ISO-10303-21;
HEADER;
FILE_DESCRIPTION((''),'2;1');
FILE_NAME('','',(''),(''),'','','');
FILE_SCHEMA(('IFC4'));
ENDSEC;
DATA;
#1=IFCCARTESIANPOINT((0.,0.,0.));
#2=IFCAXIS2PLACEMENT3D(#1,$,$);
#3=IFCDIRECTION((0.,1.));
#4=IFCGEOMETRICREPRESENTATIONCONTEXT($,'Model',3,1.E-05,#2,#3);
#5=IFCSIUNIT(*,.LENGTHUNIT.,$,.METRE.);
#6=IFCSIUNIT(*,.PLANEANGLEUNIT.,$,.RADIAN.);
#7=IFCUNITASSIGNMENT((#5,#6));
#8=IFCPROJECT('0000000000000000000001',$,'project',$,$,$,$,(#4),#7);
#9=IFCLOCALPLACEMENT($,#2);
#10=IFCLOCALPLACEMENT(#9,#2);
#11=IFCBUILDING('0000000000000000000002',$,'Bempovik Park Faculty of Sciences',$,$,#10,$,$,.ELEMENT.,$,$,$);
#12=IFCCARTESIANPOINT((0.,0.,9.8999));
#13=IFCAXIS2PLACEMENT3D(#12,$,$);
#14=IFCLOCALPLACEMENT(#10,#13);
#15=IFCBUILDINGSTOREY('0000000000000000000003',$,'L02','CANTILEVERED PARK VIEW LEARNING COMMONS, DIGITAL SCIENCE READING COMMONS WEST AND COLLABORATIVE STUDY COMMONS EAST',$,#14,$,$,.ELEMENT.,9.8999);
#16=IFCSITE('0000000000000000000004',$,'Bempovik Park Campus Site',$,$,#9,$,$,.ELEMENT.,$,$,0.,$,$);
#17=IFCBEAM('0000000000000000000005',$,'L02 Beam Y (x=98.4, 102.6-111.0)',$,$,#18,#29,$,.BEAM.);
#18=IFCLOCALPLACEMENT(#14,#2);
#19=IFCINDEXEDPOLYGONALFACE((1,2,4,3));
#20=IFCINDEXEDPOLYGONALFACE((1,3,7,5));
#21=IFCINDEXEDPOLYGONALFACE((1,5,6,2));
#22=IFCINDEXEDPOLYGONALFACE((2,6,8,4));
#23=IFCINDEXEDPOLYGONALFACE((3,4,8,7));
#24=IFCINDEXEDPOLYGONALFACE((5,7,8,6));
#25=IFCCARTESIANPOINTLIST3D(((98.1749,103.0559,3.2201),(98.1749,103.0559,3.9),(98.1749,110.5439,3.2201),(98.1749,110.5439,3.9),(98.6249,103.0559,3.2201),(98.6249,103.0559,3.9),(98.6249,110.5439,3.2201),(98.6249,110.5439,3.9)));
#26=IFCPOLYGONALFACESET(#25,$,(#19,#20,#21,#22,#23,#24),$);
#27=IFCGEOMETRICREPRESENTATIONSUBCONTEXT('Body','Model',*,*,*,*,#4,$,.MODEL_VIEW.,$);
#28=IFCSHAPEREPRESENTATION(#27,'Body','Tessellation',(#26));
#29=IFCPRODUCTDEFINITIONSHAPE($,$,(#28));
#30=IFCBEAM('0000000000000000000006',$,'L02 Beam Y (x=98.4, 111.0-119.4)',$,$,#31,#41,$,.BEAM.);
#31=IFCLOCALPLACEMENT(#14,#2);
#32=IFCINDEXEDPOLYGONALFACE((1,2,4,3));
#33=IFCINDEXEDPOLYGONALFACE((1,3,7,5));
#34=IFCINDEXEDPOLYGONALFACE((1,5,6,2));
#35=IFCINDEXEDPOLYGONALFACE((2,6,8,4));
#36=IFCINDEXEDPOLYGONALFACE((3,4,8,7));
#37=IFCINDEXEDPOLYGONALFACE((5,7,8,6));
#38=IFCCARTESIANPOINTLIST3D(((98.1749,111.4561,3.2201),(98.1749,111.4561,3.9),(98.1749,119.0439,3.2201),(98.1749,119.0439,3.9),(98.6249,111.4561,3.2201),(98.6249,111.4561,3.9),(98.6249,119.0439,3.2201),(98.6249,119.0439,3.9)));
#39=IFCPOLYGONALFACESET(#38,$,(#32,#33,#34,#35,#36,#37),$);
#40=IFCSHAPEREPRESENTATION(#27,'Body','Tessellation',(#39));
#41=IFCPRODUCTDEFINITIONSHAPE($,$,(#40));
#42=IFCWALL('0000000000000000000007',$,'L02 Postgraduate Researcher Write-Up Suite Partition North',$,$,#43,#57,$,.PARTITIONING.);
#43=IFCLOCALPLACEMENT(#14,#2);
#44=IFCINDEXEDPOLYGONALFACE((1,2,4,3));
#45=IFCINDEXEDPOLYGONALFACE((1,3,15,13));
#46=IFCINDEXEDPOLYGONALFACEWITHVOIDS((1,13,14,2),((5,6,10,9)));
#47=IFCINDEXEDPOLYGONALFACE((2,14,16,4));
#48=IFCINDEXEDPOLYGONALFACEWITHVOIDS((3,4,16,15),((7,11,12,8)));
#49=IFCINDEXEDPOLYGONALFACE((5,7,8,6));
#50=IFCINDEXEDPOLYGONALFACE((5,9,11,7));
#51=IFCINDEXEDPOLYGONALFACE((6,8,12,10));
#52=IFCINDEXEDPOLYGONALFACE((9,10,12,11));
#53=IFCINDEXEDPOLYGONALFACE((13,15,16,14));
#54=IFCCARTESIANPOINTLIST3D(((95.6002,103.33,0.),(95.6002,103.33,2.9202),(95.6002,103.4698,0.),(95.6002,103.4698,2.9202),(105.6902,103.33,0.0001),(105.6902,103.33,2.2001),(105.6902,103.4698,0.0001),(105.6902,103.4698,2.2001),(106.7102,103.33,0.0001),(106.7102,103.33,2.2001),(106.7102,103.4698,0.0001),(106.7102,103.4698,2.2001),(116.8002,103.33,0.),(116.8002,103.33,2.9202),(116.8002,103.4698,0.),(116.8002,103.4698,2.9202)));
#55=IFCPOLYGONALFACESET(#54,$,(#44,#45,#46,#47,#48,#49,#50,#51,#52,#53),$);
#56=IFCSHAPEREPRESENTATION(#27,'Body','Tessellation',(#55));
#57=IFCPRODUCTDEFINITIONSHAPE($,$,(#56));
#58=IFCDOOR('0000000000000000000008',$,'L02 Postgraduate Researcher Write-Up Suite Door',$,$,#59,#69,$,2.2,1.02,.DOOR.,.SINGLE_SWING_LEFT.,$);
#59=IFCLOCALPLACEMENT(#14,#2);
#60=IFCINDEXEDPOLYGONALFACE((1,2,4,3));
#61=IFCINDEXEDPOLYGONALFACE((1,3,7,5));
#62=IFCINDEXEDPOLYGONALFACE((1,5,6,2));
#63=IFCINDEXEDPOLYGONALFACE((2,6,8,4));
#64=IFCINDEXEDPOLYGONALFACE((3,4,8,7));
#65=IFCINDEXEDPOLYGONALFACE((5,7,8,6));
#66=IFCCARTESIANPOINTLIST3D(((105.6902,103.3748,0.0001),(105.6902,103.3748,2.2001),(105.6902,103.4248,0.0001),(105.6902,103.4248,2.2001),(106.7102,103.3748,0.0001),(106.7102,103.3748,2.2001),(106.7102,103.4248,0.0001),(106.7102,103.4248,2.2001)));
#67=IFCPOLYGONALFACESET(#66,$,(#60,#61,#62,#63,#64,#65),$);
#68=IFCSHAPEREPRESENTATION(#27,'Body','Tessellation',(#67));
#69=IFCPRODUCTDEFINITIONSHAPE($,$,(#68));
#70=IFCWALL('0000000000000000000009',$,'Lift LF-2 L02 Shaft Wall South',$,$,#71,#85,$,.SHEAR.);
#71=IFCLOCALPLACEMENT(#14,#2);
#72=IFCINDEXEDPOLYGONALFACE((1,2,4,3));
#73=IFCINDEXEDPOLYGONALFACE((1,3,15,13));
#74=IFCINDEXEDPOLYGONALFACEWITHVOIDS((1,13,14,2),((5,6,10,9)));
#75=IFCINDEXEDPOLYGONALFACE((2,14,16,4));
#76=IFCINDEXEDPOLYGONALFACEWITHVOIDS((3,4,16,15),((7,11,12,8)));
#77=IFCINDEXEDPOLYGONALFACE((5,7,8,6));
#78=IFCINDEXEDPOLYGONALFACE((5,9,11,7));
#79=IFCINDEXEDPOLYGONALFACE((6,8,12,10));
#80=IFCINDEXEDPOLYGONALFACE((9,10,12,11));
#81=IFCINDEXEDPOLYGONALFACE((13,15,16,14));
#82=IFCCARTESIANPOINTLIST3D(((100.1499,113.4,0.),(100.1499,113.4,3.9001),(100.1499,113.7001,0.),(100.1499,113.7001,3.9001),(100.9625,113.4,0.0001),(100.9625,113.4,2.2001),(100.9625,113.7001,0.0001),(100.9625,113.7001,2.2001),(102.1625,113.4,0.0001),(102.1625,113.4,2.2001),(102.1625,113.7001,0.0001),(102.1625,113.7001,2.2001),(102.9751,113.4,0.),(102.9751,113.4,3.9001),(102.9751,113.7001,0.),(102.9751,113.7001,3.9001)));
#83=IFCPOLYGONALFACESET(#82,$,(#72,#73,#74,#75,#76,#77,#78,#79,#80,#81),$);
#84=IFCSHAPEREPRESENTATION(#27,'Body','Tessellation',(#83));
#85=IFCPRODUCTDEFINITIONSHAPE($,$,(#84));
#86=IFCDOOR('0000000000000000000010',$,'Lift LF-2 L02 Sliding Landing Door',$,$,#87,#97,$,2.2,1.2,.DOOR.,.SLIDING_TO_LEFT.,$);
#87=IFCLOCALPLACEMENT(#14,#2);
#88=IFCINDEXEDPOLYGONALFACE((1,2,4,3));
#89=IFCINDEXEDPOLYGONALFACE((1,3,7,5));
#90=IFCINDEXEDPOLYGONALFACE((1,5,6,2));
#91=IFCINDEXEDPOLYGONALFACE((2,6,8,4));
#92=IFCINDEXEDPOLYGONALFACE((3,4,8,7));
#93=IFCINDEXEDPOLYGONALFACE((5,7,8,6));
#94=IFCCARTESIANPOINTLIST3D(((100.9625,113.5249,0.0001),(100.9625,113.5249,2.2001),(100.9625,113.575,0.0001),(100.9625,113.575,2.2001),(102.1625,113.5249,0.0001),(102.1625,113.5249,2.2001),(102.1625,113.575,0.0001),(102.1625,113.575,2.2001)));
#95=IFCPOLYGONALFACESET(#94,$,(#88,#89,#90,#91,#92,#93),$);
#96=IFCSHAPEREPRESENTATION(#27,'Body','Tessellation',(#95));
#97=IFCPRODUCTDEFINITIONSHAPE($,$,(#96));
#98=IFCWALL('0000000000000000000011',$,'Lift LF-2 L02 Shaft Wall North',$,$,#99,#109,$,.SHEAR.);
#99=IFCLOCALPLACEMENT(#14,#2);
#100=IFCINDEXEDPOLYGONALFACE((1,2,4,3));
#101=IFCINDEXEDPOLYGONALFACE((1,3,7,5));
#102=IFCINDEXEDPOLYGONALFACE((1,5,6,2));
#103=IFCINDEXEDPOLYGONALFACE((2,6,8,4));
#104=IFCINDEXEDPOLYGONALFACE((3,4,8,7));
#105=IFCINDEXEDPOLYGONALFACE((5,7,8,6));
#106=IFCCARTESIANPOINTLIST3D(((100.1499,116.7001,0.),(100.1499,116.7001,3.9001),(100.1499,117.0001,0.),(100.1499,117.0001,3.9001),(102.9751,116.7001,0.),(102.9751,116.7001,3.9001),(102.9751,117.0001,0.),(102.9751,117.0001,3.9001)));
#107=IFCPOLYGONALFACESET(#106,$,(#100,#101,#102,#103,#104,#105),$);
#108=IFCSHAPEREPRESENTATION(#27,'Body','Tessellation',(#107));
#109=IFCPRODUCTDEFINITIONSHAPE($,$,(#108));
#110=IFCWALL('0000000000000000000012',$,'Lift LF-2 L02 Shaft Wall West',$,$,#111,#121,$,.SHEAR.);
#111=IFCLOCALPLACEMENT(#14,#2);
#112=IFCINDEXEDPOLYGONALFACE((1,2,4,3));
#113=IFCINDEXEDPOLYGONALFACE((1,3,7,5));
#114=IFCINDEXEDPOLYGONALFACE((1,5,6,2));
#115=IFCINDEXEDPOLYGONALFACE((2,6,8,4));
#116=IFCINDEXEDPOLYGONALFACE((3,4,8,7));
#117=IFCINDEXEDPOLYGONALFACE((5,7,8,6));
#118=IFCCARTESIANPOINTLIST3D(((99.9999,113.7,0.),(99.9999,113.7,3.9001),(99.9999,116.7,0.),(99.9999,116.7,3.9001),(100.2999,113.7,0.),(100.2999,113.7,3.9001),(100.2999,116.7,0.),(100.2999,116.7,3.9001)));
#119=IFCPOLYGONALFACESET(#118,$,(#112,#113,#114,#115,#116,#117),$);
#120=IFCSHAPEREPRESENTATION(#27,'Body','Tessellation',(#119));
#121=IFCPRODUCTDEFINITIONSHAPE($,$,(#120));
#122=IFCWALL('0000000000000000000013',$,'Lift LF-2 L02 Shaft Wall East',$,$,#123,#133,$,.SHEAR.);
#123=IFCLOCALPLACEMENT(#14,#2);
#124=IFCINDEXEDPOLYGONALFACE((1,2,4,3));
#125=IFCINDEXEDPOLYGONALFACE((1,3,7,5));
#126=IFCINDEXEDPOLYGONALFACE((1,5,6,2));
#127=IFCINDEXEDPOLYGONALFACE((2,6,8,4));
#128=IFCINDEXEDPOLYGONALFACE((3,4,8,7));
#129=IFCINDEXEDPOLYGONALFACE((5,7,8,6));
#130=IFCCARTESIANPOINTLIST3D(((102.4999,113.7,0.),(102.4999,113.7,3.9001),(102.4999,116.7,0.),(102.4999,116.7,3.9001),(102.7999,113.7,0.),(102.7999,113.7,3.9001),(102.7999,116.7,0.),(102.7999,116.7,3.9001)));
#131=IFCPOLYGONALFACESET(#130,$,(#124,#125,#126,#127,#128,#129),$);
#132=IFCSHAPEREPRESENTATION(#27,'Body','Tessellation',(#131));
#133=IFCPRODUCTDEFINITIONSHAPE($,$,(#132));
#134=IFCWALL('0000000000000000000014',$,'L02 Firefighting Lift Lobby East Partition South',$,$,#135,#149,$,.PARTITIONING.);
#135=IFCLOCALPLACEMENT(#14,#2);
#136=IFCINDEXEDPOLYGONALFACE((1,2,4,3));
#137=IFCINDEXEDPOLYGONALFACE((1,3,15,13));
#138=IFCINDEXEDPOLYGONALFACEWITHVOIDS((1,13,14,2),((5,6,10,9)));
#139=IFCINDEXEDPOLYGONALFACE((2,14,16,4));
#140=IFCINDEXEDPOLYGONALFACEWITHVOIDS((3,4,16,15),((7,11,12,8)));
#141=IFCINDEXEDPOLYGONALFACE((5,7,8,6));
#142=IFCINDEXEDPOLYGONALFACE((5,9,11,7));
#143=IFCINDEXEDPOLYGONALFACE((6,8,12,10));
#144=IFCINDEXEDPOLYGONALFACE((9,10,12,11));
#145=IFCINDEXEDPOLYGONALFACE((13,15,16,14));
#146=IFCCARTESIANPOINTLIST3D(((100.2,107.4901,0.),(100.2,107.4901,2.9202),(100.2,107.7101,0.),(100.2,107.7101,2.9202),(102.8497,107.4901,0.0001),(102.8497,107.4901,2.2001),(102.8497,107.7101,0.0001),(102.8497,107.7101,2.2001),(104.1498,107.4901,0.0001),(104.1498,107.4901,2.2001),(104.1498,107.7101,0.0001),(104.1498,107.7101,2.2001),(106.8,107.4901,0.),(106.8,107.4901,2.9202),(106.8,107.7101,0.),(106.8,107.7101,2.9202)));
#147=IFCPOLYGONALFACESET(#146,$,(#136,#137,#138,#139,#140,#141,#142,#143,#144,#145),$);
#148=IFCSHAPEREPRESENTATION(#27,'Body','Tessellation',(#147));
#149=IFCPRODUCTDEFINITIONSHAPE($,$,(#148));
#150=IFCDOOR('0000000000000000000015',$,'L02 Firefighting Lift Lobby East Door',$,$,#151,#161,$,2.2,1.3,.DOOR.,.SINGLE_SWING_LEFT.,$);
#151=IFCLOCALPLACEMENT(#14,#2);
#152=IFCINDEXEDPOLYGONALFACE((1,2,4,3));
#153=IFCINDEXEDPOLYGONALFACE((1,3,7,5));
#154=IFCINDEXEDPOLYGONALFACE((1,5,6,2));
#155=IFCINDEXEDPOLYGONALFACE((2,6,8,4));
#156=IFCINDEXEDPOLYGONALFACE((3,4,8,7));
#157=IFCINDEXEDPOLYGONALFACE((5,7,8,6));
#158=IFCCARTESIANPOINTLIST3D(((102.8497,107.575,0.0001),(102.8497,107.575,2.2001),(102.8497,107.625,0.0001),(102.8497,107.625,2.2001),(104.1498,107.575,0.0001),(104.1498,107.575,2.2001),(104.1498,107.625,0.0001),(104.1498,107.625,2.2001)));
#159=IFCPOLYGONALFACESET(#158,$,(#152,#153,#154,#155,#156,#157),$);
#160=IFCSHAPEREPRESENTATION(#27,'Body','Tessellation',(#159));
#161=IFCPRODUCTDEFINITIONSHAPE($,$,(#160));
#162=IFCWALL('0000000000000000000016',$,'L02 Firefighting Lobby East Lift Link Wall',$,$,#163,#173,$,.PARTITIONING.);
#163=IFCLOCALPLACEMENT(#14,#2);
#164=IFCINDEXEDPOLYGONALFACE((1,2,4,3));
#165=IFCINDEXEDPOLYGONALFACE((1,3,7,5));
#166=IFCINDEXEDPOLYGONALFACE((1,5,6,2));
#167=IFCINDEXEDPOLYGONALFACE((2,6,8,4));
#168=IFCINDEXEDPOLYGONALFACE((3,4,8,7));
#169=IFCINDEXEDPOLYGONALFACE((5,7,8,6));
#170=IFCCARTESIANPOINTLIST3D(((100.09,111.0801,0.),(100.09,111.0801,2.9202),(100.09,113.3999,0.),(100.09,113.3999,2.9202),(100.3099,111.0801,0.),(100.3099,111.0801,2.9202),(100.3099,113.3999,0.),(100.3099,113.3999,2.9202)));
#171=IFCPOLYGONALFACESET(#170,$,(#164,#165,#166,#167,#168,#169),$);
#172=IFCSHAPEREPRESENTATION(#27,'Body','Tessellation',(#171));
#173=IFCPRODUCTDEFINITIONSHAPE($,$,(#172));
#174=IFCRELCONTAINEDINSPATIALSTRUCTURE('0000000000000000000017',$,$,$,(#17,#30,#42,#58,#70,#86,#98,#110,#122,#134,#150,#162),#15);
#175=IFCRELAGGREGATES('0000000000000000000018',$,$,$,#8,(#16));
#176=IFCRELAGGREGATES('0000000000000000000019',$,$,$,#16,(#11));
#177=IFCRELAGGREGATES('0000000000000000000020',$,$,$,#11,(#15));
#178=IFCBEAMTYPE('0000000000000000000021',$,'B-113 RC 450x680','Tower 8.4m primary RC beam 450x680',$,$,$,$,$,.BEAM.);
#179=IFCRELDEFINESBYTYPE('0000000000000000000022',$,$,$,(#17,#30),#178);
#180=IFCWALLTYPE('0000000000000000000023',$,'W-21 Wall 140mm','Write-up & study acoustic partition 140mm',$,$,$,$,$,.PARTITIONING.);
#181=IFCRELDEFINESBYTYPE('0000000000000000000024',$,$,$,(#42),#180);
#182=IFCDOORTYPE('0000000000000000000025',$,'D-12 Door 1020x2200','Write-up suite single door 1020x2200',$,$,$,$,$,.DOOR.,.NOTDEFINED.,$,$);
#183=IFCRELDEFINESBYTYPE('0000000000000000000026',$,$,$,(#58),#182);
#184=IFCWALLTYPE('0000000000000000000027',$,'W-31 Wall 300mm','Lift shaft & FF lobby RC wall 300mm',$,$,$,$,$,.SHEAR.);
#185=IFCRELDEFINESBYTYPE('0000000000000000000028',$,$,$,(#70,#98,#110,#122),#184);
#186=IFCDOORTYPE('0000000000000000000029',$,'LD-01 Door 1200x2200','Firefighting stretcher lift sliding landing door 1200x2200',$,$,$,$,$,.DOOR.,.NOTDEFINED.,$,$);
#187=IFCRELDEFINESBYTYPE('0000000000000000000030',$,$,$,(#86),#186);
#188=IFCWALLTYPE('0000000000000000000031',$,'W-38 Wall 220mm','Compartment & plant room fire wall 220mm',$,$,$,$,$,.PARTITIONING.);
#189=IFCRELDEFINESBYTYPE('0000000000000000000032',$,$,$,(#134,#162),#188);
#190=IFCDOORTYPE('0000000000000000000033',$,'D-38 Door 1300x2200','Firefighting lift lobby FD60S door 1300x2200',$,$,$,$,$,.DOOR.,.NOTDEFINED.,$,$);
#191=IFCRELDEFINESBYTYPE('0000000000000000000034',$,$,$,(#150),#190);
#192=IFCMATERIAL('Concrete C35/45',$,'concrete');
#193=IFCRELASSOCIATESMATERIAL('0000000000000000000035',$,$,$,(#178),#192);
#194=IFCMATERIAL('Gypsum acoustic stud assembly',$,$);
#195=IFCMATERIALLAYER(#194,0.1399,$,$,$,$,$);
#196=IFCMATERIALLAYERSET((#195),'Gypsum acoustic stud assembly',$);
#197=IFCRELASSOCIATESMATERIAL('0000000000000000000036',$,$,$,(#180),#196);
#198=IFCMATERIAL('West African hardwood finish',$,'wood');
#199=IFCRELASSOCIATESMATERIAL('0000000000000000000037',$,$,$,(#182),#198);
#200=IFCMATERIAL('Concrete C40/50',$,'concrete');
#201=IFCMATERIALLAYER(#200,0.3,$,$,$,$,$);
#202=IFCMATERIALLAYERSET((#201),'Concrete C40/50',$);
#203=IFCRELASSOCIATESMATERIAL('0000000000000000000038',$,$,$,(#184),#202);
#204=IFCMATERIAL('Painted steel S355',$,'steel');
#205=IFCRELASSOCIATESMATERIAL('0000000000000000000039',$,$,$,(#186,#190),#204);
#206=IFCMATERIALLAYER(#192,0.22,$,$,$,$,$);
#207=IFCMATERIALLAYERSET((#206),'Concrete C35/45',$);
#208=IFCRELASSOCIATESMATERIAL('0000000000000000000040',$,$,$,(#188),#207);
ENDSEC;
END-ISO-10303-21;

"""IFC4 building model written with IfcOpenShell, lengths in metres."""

from ifc_helpers import new_model, si_unit, direction, frame, frame_2d, origin, origin_2d, place, context, subcontext, project, spatial, rectangle, extrude, material, layer, layer_set, material_profile, profile_set, type_object, element, fill, save


model = new_model("IFC4")

# Units and contexts
model_context = context("Model", 3, precision=1e-05, world=origin(), true_north=direction((0.0, 1.0)))
body_context = subcontext(model_context, "Body", "Model", "MODEL_VIEW")
ifc_project = project(units=[si_unit("LENGTHUNIT", "METRE"), si_unit("PLANEANGLEUNIT", "RADIAN")], contexts=[model_context])

# Site, building, storey
site_placement = place(None, origin())
site = spatial("IfcSite", under=ifc_project, at=site_placement, Name="Bempovik Park Campus Site", CompositionType="ELEMENT", RefElevation=0.0)
building_placement = place(site_placement, origin())
building = spatial("IfcBuilding", under=site, at=building_placement, Name="Bempovik Park Faculty of Sciences", CompositionType="ELEMENT")
storey_placement = place(building_placement, frame((0.0, 0.0, 9.8999)))
storey = spatial("IfcBuildingStorey", under=building, at=storey_placement, Name="L02", Description="CANTILEVERED PARK VIEW LEARNING COMMONS, DIGITAL SCIENCE READING COMMONS WEST AND COLLABORATIVE STUDY COMMONS EAST", CompositionType="ELEMENT", Elevation=9.8999)

# Shared definitions
ifc_material_1 = material(Name="Concrete C40/50", Category="concrete")

# Beams
ifc_material_2 = material(Name="Concrete C35/45", Category="concrete")
ifc_material_profile_1 = material_profile(ifc_material_2, rectangle(XDim=0.45, YDim=0.6799, at=origin_2d()), Name="RC 450x680")
ifc_profile_set_1 = profile_set([ifc_material_profile_1], Name="Concrete C35/45")
beam_type_1 = type_object("IfcBeamType", Name="B-113 RC 450x680", Description="Tower 8.4m primary RC beam 450x680", PredefinedType="BEAM", material=ifc_profile_set_1)
beam_1_placement = place(storey_placement, frame((98.3999, 103.0559, 3.5601), z_axis=(0.0, 1.0, 0.0), x_axis=(-1.0, 0.0, 0.0)))
element("IfcBeam", 1, at=beam_1_placement, inside=storey, type_object=beam_type_1, Name="L02 Beam Y (x=98.4, 102.6-111.0)", PredefinedType="BEAM", context=body_context, shape_type="SweptSolid", body=[
    extrude(rectangle(XDim=0.45, YDim=0.6799, at=origin_2d()), origin(), (0.0, 0.0, 1.0), 7.488),
])
beam_2_placement = place(storey_placement, frame((98.3999, 111.4561, 3.5601), z_axis=(0.0, 1.0, 0.0), x_axis=(-1.0, 0.0, 0.0)))
element("IfcBeam", 2, at=beam_2_placement, inside=storey, type_object=beam_type_1, Name="L02 Beam Y (x=98.4, 111.0-119.4)", PredefinedType="BEAM", context=body_context, shape_type="SweptSolid", body=[
    extrude(rectangle(XDim=0.45, YDim=0.6799, at=origin_2d()), origin(), (0.0, 0.0, 1.0), 7.5879),
])

# Walls, openings, doors
ifc_material_3 = material(Name="Gypsum acoustic stud assembly")
ifc_layer_1 = layer(ifc_material_3, 0.1399)
ifc_layer_set_1 = layer_set([ifc_layer_1], Name="Gypsum acoustic stud assembly")
wall_type_1 = type_object("IfcWallType", Name="W-21 Wall 140mm", Description="Write-up & study acoustic partition 140mm", PredefinedType="PARTITIONING", material=ifc_layer_set_1)
wall_1_placement = place(storey_placement, frame((95.6001, 103.3999, 0.0), z_axis=(0.0, 0.0, 1.0), x_axis=(1.0, 0.0, 0.0)))
wall_1 = element("IfcWall", 3, at=wall_1_placement, inside=storey, type_object=wall_type_1, Name="L02 Postgraduate Researcher Write-Up Suite Partition North", PredefinedType="PARTITIONING", context=body_context, shape_type="SweptSolid", body=[
    extrude(rectangle(XDim=21.2, YDim=0.1399, at=frame_2d((10.6001, 0.0))), origin(), (0.0, 0.0, 1.0), 2.9202),
])
opening_1_placement = place(wall_1_placement, frame((10.0901, 0.0, 0.0)))
opening_1 = element("IfcOpeningElement", 4, at=opening_1_placement, cuts=wall_1, PredefinedType="OPENING", context=body_context, shape_type="SweptSolid", body=[
    extrude(rectangle(XDim=1.02, YDim=2.2, at=frame_2d((0.51, 1.1001))), frame((0.0, 0.0801, 0.0), z_axis=(0.0, -1.0, 0.0), x_axis=(1.0, 0.0, 0.0)), (0.0, 0.0, 1.0), 0.1599),
])
ifc_material_4 = material(Name="West African hardwood finish", Category="wood")
door_type_1 = type_object("IfcDoorType", Name="D-12 Door 1020x2200", Description="Write-up suite single door 1020x2200", OperationType="NOTDEFINED", PredefinedType="DOOR", material=ifc_material_4)
door_1_placement = place(opening_1_placement, origin())
door_1 = element("IfcDoor", 5, at=door_1_placement, inside=storey, type_object=door_type_1, Name="L02 Postgraduate Researcher Write-Up Suite Door", OperationType="SINGLE_SWING_LEFT", OverallHeight=2.2, OverallWidth=1.02, PredefinedType="DOOR", context=body_context, shape_type="SweptSolid", body=[
    extrude(rectangle(XDim=1.02, YDim=2.2, at=frame_2d((0.51, 1.1001))), frame((0.0, 0.0249, 0.0), z_axis=(0.0, -1.0, 0.0), x_axis=(1.0, 0.0, 0.0)), (0.0, 0.0, 1.0), 0.05),
])
fill(opening_1, door_1)
ifc_layer_2 = layer(ifc_material_1, 0.3)
ifc_layer_set_2 = layer_set([ifc_layer_2], Name="Concrete C40/50")
wall_type_2 = type_object("IfcWallType", Name="W-31 Wall 300mm", Description="Lift shaft & FF lobby RC wall 300mm", PredefinedType="SHEAR", material=ifc_layer_set_2)
wall_2_placement = place(storey_placement, frame((100.1499, 113.55, 0.0), z_axis=(0.0, 0.0, 1.0), x_axis=(1.0, 0.0, 0.0)))
wall_2 = element("IfcWall", 6, at=wall_2_placement, inside=storey, type_object=wall_type_2, Name="Lift LF-2 L02 Shaft Wall South", PredefinedType="SHEAR", context=body_context, shape_type="SweptSolid", body=[
    extrude(rectangle(XDim=2.8252, YDim=0.3, at=frame_2d((1.4126, 0.0))), origin(), (0.0, 0.0, 1.0), 3.9001),
])
opening_2_placement = place(wall_2_placement, frame((0.8125, 0.0, 0.0)))
opening_2 = element("IfcOpeningElement", 7, at=opening_2_placement, cuts=wall_2, PredefinedType="OPENING", context=body_context, shape_type="SweptSolid", body=[
    extrude(rectangle(XDim=1.2, YDim=2.2, at=frame_2d((0.6001, 1.1001))), frame((0.0, 0.1602, 0.0), z_axis=(0.0, -1.0, 0.0), x_axis=(1.0, 0.0, 0.0)), (0.0, 0.0, 1.0), 0.3201),
])
ifc_material_5 = material(Name="Painted steel S355", Category="steel")
door_type_2 = type_object("IfcDoorType", Name="LD-01 Door 1200x2200", Description="Firefighting stretcher lift sliding landing door 1200x2200", OperationType="NOTDEFINED", PredefinedType="DOOR", material=ifc_material_5)
door_2_placement = place(opening_2_placement, origin())
door_2 = element("IfcDoor", 8, at=door_2_placement, inside=storey, type_object=door_type_2, Name="Lift LF-2 L02 Sliding Landing Door", OperationType="SLIDING_TO_LEFT", OverallHeight=2.2, OverallWidth=1.2, PredefinedType="DOOR", context=body_context, shape_type="SweptSolid", body=[
    extrude(rectangle(XDim=1.2, YDim=2.2, at=frame_2d((0.6001, 1.1001))), frame((0.0, 0.0249, 0.0), z_axis=(0.0, -1.0, 0.0), x_axis=(1.0, 0.0, 0.0)), (0.0, 0.0, 1.0), 0.05),
])
fill(opening_2, door_2)

# Walls
wall_3_placement = place(storey_placement, frame((100.1499, 116.8501, 0.0), z_axis=(0.0, 0.0, 1.0), x_axis=(1.0, 0.0, 0.0)))
element("IfcWall", 9, at=wall_3_placement, inside=storey, type_object=wall_type_2, Name="Lift LF-2 L02 Shaft Wall North", PredefinedType="SHEAR", context=body_context, shape_type="SweptSolid", body=[
    extrude(rectangle(XDim=2.8252, YDim=0.3, at=frame_2d((1.4126, 0.0))), origin(), (0.0, 0.0, 1.0), 3.9001),
])
for number, where, z_axis, x_axis, name in (
    (10, (100.1499, 113.7, 0.0), (0.0, 0.0, 1.0), (0.0, 1.0, 0.0), "Lift LF-2 L02 Shaft Wall West"),
    (11, (102.6499, 113.7, 0.0), (0.0, 0.0, 1.0), (0.0, 1.0, 0.0), "Lift LF-2 L02 Shaft Wall East"),
):
    element("IfcWall", number, at=place(storey_placement, frame(where, z_axis=z_axis, x_axis=x_axis)), inside=storey, type_object=wall_type_2, Name=name, PredefinedType="SHEAR", context=body_context, shape_type="SweptSolid", body=[
        extrude(rectangle(XDim=3.0, YDim=0.3, at=frame_2d((1.5, 0.0))), origin(), (0.0, 0.0, 1.0), 3.9001),
    ])

# Wall, opening, door
ifc_layer_3 = layer(ifc_material_2, 0.22)
ifc_layer_set_3 = layer_set([ifc_layer_3], Name="Concrete C35/45")
wall_type_3 = type_object("IfcWallType", Name="W-38 Wall 220mm", Description="Compartment & plant room fire wall 220mm", PredefinedType="PARTITIONING", material=ifc_layer_set_3)
wall_4_placement = place(storey_placement, frame((100.2, 107.6001, 0.0), z_axis=(0.0, 0.0, 1.0), x_axis=(1.0, 0.0, 0.0)))
wall_4 = element("IfcWall", 12, at=wall_4_placement, inside=storey, type_object=wall_type_3, Name="L02 Firefighting Lift Lobby East Partition South", PredefinedType="PARTITIONING", context=body_context, shape_type="SweptSolid", body=[
    extrude(rectangle(XDim=6.6001, YDim=0.22, at=frame_2d((3.3, 0.0))), origin(), (0.0, 0.0, 1.0), 2.9202),
])
opening_3_placement = place(wall_4_placement, frame((2.6499, 0.0, 0.0)))
opening_3 = element("IfcOpeningElement", 13, at=opening_3_placement, cuts=wall_4, PredefinedType="OPENING", context=body_context, shape_type="SweptSolid", body=[
    extrude(rectangle(XDim=1.3, YDim=2.2, at=frame_2d((0.6499, 1.1001))), frame((0.0, 0.1201, 0.0), z_axis=(0.0, -1.0, 0.0), x_axis=(1.0, 0.0, 0.0)), (0.0, 0.0, 1.0), 0.24),
])
door_type_3 = type_object("IfcDoorType", Name="D-38 Door 1300x2200", Description="Firefighting lift lobby FD60S door 1300x2200", OperationType="NOTDEFINED", PredefinedType="DOOR", material=ifc_material_5)
door_3_placement = place(opening_3_placement, origin())
door_3 = element("IfcDoor", 14, at=door_3_placement, inside=storey, type_object=door_type_3, Name="L02 Firefighting Lift Lobby East Door", OperationType="SINGLE_SWING_LEFT", OverallHeight=2.2, OverallWidth=1.3, PredefinedType="DOOR", context=body_context, shape_type="SweptSolid", body=[
    extrude(rectangle(XDim=1.3, YDim=2.2, at=frame_2d((0.6499, 1.1001))), frame((0.0, 0.0249, 0.0), z_axis=(0.0, -1.0, 0.0), x_axis=(1.0, 0.0, 0.0)), (0.0, 0.0, 1.0), 0.05),
])
fill(opening_3, door_3)

# Wall
wall_5_placement = place(storey_placement, frame((100.2, 111.0801, 0.0), z_axis=(0.0, 0.0, 1.0), x_axis=(0.0, 1.0, 0.0)))
element("IfcWall", 15, at=wall_5_placement, inside=storey, type_object=wall_type_3, Name="L02 Firefighting Lobby East Lift Link Wall", PredefinedType="PARTITIONING", context=body_context, shape_type="SweptSolid", body=[
    extrude(rectangle(XDim=2.3198, YDim=0.22, at=frame_2d((1.1599, 0.0))), origin(), (0.0, 0.0, 1.0), 2.9202),
])

save(model, "model.ifc")
